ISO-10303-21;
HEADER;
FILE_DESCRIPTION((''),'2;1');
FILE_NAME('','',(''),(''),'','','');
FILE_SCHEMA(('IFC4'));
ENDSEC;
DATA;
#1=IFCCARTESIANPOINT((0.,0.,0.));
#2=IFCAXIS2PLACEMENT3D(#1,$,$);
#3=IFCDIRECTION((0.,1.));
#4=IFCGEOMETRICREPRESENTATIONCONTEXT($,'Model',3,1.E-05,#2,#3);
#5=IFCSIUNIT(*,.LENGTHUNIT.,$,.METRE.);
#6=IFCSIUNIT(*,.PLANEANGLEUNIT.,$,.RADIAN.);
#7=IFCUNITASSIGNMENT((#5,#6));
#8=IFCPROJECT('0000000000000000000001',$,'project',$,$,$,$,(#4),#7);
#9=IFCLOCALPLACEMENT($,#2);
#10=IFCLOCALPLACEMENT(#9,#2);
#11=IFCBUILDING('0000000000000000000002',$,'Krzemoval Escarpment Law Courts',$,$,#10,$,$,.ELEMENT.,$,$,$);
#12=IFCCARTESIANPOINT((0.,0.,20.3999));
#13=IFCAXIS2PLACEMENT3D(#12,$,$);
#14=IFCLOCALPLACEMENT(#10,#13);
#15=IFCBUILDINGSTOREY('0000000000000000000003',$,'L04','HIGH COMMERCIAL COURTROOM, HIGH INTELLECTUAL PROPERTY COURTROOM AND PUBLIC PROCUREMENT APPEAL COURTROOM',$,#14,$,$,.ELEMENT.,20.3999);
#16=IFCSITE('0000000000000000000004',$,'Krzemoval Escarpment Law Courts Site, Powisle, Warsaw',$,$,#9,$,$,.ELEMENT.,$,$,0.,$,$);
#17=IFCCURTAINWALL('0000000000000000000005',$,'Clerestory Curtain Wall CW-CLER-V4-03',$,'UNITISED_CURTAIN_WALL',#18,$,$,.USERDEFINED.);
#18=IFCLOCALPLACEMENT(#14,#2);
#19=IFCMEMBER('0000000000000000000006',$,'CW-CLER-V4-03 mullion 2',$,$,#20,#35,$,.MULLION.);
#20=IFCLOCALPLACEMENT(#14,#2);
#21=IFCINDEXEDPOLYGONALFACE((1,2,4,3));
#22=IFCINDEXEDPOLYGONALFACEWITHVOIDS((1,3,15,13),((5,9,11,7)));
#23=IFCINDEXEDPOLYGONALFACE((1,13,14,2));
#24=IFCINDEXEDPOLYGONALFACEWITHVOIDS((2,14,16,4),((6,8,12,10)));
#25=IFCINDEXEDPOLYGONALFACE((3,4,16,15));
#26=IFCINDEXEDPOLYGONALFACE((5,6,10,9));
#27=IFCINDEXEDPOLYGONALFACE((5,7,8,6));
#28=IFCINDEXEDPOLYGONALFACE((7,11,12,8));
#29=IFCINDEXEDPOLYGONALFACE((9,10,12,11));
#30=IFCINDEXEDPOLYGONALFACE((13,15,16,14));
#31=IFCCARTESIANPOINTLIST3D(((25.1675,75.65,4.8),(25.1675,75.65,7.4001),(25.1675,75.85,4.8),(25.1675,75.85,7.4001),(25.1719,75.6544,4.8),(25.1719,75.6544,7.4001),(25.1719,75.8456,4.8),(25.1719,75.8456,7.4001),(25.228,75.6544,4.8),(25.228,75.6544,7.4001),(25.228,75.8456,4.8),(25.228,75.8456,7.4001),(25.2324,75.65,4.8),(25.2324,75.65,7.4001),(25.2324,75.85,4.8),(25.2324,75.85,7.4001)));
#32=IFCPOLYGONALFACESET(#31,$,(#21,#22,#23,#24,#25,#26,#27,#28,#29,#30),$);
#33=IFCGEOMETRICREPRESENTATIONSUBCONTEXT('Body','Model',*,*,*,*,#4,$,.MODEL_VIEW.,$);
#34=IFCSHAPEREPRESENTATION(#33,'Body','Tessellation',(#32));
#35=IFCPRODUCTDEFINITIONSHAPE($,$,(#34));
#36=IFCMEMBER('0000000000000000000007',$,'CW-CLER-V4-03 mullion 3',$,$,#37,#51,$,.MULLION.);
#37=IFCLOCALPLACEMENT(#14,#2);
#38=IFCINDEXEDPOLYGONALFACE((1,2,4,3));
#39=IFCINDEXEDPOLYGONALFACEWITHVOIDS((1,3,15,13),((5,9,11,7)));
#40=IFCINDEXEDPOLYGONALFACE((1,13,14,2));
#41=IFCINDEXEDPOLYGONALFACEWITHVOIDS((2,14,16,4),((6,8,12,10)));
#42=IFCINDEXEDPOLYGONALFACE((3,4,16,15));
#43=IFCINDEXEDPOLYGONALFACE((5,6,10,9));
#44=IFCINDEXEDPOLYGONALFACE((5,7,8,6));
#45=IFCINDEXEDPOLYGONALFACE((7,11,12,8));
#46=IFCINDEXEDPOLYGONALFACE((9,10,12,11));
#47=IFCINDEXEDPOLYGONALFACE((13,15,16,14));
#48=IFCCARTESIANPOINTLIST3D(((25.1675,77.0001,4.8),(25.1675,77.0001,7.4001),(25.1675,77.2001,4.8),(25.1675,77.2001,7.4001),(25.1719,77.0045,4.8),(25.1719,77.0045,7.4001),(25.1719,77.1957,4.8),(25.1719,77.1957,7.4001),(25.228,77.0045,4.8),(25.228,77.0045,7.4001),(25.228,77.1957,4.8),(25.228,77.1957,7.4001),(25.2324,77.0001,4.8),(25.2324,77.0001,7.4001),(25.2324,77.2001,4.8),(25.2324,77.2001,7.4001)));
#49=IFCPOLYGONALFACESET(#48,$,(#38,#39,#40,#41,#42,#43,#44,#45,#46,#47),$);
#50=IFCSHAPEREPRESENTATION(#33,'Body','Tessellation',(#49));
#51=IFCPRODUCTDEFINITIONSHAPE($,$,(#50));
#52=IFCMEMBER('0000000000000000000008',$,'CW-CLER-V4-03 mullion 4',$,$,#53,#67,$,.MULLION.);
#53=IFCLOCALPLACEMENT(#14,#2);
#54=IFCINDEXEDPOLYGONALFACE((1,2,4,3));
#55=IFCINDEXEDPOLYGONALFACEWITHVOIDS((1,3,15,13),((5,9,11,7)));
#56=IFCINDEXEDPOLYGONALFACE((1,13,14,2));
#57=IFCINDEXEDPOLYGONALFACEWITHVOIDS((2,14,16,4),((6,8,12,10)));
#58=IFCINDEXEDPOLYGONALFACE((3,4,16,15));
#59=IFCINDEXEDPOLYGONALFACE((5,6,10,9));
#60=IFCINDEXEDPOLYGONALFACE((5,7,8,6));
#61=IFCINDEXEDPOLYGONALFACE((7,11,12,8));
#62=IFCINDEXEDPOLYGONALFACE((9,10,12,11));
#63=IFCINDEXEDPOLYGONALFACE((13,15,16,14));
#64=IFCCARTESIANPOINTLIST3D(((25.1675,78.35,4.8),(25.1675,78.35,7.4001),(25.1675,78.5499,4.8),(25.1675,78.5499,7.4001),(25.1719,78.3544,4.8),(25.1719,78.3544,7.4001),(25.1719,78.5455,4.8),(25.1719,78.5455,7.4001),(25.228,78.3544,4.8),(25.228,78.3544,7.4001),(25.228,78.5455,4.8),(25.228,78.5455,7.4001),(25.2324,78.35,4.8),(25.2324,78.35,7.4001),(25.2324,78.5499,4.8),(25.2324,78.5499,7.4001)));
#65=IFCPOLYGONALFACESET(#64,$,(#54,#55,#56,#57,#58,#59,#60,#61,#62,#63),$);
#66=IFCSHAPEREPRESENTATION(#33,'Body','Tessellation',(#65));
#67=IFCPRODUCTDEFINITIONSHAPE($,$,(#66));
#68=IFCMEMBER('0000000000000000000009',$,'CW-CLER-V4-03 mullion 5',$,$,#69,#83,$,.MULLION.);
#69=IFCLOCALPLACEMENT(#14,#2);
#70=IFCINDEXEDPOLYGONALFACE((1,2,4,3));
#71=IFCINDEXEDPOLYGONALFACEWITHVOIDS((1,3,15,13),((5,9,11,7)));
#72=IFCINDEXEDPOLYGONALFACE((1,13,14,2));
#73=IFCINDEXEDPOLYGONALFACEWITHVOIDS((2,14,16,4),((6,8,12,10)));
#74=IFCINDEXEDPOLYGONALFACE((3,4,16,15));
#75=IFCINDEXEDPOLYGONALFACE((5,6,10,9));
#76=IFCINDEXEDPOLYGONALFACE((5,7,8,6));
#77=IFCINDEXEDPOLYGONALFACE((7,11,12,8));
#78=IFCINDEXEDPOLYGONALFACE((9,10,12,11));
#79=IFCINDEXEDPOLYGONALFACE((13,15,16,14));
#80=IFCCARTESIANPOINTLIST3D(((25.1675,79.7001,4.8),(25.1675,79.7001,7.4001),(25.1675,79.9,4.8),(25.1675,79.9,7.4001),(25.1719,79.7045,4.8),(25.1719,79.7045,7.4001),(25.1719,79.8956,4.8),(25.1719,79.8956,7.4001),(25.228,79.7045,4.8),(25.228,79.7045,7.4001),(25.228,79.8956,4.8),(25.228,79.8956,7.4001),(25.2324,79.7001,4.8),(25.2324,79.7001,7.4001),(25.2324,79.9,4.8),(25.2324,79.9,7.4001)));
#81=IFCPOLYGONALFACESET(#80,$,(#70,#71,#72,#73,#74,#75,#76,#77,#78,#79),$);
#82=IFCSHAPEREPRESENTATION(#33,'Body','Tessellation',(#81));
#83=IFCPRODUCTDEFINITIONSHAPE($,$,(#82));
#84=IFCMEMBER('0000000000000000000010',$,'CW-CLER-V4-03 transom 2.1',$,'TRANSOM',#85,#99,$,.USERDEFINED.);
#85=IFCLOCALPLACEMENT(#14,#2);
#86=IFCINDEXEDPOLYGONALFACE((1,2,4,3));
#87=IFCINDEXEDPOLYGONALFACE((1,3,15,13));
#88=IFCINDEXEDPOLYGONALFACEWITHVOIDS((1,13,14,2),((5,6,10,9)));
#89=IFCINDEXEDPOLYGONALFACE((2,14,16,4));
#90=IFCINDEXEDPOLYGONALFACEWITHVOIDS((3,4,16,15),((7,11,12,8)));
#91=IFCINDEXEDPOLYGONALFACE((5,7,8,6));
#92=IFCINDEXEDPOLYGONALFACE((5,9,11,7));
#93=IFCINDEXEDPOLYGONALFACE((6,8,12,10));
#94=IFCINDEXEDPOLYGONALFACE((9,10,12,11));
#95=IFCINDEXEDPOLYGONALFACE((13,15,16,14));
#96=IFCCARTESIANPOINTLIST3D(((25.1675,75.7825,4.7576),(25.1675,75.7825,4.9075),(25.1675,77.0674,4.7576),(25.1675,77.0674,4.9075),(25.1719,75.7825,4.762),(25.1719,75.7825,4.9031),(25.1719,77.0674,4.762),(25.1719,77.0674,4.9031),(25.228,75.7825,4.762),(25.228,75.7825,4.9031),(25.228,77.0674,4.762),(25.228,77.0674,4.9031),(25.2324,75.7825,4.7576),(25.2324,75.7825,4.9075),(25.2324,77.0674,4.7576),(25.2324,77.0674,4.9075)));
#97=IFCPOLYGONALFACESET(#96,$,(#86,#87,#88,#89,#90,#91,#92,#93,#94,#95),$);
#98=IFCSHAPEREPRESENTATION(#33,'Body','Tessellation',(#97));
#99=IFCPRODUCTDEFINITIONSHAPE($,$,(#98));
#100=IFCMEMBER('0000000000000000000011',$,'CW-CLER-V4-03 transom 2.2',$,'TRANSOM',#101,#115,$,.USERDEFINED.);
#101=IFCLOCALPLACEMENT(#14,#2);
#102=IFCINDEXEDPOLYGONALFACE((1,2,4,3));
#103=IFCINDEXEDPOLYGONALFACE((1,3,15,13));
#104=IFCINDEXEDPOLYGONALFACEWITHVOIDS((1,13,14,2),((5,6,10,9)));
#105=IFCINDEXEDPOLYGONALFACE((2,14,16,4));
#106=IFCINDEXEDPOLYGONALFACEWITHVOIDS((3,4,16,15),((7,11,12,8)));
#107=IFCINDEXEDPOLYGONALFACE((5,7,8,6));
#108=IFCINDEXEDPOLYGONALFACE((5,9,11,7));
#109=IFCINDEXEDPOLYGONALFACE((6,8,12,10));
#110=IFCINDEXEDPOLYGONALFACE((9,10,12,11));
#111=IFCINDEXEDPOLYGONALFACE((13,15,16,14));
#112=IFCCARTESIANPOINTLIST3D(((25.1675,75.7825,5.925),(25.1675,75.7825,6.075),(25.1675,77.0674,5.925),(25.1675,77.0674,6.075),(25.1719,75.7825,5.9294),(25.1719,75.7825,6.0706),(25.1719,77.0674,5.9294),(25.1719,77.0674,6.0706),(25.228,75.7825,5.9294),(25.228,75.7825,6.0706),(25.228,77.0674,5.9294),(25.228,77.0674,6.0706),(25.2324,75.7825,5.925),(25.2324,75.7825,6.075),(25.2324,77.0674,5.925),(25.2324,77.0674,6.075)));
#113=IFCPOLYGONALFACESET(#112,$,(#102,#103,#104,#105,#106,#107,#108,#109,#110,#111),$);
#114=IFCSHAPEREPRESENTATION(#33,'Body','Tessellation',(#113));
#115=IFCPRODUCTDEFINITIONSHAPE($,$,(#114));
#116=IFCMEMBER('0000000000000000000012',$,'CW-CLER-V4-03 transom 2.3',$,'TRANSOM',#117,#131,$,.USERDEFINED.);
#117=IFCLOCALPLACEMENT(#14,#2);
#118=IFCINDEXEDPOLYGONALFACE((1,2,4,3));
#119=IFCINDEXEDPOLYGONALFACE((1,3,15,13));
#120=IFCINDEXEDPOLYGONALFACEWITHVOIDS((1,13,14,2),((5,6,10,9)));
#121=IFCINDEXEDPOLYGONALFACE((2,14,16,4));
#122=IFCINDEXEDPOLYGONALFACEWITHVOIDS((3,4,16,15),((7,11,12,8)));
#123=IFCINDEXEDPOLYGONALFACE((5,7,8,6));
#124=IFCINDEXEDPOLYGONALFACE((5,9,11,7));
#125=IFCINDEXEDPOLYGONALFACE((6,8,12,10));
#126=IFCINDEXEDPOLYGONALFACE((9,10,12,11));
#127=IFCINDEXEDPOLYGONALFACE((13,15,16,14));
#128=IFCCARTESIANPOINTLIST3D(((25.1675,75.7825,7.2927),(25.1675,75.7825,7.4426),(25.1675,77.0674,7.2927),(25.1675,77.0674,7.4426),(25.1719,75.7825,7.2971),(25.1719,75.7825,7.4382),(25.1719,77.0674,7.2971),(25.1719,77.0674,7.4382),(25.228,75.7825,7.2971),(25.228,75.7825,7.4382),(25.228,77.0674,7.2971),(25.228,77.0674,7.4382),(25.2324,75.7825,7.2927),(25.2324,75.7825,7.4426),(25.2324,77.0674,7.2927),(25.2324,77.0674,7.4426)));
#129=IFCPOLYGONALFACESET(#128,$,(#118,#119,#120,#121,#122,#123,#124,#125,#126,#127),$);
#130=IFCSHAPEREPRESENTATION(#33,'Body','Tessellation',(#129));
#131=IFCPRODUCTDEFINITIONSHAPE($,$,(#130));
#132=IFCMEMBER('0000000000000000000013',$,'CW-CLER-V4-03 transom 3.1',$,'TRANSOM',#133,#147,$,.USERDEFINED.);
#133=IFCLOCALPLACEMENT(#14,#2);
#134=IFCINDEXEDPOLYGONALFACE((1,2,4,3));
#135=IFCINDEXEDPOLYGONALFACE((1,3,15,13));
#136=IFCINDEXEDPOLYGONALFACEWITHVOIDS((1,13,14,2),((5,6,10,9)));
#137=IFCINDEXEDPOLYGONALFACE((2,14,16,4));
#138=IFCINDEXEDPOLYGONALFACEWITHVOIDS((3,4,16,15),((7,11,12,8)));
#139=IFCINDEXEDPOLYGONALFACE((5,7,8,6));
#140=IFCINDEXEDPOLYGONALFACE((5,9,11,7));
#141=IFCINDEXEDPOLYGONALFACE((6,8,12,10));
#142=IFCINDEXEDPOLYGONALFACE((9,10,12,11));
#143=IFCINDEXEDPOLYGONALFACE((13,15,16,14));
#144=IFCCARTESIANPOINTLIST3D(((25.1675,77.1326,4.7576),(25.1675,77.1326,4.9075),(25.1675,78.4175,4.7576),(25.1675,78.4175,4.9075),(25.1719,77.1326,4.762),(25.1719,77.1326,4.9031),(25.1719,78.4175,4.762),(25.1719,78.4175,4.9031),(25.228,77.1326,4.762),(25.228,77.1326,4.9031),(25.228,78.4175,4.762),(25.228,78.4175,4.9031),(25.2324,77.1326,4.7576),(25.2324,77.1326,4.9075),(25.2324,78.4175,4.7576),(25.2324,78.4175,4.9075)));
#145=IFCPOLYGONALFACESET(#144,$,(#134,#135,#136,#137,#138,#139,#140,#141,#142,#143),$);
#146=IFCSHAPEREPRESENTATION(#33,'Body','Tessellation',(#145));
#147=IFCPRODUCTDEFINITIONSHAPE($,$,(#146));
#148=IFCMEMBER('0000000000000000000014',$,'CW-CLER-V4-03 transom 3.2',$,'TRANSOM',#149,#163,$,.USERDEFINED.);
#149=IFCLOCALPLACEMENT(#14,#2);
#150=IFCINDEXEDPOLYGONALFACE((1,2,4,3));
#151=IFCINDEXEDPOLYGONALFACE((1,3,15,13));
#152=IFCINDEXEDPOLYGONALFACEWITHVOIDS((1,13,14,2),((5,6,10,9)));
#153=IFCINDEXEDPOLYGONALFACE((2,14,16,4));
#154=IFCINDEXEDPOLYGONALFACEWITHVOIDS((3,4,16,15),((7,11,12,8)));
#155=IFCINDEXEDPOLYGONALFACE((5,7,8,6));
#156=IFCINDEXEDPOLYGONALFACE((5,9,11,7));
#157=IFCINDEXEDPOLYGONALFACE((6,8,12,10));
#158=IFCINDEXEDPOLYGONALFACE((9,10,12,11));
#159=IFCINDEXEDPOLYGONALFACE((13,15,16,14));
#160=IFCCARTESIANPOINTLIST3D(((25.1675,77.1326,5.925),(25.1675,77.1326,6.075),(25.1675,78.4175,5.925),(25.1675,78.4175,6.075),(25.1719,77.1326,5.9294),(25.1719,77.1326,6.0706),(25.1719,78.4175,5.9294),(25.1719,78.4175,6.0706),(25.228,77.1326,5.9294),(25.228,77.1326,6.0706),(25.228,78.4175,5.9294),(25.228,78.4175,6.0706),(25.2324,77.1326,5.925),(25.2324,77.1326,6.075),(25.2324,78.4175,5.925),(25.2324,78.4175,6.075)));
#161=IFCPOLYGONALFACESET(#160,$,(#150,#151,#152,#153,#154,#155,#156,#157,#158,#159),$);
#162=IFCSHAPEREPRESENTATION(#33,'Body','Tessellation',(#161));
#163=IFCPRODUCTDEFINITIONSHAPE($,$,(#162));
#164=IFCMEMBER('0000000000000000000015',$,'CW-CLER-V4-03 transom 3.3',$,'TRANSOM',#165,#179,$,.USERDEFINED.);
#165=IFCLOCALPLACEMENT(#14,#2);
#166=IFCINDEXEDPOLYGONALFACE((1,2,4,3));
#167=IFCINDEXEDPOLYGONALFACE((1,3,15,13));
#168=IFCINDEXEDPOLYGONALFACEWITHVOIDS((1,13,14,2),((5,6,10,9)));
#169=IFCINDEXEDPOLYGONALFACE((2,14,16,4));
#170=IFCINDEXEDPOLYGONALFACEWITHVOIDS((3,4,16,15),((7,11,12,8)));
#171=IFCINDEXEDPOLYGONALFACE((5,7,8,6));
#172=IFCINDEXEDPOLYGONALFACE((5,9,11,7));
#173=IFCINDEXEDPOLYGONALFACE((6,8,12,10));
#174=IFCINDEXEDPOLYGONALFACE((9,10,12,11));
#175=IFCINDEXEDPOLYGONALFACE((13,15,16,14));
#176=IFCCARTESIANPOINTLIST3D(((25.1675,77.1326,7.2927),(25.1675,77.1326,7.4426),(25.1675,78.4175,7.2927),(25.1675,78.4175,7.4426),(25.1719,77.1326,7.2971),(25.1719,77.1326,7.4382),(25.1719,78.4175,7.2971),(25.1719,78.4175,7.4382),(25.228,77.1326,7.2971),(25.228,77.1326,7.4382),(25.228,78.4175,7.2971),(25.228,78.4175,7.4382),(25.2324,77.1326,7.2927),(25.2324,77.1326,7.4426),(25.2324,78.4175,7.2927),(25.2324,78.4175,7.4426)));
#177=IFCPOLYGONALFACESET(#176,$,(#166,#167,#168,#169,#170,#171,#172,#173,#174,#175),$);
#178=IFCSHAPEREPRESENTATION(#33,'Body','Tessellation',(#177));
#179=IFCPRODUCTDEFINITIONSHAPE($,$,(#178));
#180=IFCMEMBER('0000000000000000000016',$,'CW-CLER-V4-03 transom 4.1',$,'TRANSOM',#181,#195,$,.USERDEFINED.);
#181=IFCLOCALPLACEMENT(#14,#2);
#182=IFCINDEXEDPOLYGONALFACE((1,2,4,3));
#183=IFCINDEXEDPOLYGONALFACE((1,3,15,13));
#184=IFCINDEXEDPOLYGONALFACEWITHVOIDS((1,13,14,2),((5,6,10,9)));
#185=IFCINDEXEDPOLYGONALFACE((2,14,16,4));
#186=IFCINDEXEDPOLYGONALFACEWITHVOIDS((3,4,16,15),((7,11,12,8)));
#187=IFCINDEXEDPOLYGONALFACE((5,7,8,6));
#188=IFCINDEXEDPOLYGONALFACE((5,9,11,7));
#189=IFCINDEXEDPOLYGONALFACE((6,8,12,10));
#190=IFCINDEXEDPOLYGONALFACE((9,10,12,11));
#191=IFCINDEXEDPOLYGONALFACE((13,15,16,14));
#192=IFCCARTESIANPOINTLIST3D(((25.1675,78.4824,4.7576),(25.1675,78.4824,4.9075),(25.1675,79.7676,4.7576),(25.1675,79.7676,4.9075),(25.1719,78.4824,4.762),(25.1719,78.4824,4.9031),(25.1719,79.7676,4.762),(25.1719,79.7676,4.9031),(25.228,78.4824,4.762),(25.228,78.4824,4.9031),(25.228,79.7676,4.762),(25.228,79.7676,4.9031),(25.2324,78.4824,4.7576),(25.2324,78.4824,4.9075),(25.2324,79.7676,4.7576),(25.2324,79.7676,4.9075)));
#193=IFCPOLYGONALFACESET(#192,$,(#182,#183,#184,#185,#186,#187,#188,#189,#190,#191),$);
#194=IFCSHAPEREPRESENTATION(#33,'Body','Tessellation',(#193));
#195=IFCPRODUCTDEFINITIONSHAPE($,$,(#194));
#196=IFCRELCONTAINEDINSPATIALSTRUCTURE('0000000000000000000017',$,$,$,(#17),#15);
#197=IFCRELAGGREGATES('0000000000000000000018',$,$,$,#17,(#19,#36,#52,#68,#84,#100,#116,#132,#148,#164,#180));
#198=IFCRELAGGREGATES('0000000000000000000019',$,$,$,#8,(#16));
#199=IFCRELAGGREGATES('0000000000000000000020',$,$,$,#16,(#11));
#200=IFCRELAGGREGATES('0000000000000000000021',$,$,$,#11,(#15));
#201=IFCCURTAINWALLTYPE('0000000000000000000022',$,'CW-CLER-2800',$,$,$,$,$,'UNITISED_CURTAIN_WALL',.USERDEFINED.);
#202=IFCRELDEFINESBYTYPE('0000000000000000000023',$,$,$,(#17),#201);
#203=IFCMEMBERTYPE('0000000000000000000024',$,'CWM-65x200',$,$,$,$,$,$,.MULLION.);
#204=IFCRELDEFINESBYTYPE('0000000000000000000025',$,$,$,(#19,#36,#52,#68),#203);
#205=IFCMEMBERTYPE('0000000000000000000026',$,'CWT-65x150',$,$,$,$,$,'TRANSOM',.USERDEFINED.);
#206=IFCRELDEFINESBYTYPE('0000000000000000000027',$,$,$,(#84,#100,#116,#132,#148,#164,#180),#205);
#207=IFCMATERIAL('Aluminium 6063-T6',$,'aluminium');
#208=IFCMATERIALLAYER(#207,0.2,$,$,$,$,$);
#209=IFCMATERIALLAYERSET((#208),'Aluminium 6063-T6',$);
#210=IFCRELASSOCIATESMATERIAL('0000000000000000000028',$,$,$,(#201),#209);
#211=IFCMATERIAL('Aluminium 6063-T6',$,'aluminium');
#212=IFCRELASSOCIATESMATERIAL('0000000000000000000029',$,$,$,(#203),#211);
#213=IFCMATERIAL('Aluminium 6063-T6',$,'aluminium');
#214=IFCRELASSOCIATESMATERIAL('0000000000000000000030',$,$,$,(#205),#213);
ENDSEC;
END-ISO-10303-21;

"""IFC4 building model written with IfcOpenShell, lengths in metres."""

from ifc_helpers import new_model, si_unit, direction, frame, origin, origin_2d, place, context, subcontext, project, spatial, hollow_rectangle, extrude, material, layer, layer_set, material_profile, profile_set, type_object, element, aggregate, save


model = new_model("IFC4")

# Units and contexts
model_context = context("Model", 3, precision=1e-05, world=origin(), true_north=direction((0.0, 1.0)))
body_context = subcontext(model_context, "Body", "Model", "MODEL_VIEW")
ifc_project = project(units=[si_unit("LENGTHUNIT", "METRE"), si_unit("PLANEANGLEUNIT", "RADIAN")], contexts=[model_context])

# Site, building, storey
site_placement = place(None, origin())
site = spatial("IfcSite", under=ifc_project, at=site_placement, Name="Krzemoval Escarpment Law Courts Site, Powisle, Warsaw", CompositionType="ELEMENT", RefElevation=0.0)
building_placement = place(site_placement, origin())
building = spatial("IfcBuilding", under=site, at=building_placement, Name="Krzemoval Escarpment Law Courts", CompositionType="ELEMENT")
storey_placement = place(building_placement, frame((0.0, 0.0, 20.3999)))
storey = spatial("IfcBuildingStorey", under=building, at=storey_placement, Name="L04", Description="HIGH COMMERCIAL COURTROOM, HIGH INTELLECTUAL PROPERTY COURTROOM AND PUBLIC PROCUREMENT APPEAL COURTROOM", CompositionType="ELEMENT", Elevation=20.3999)

# Curtain wall, members
ifc_material_1 = material(Name="Aluminium 6063-T6", Category="aluminium")
ifc_layer_1 = layer(ifc_material_1, 0.2)
ifc_layer_set_1 = layer_set([ifc_layer_1], Name="Aluminium 6063-T6")
curtain_wall_type = type_object("IfcCurtainWallType", Name="CW-CLER-2800", ElementType="UNITISED_CURTAIN_WALL", PredefinedType="USERDEFINED", material=ifc_layer_set_1)
curtain_wall_placement = place(storey_placement, origin())
curtain_wall = element("IfcCurtainWall", 1, at=curtain_wall_placement, inside=storey, type_object=curtain_wall_type, Name="Clerestory Curtain Wall CW-CLER-V4-03", ObjectType="UNITISED_CURTAIN_WALL", PredefinedType="USERDEFINED")
ifc_material_2 = material(Name="Aluminium 6063-T6", Category="aluminium")
ifc_material_profile_1 = material_profile(ifc_material_2, hollow_rectangle(XDim=0.0649, YDim=0.2, WallThickness=0.0044, at=origin_2d()), Name="ALU M65x200")
ifc_profile_set_1 = profile_set([ifc_material_profile_1], Name="Aluminium 6063-T6")
member_type_1 = type_object("IfcMemberType", Name="CWM-65x200", PredefinedType="MULLION", material=ifc_profile_set_1)
member_1_placement = place(storey_placement, frame((25.2, 75.75, 4.8), z_axis=(0.0, 0.0, 1.0), x_axis=(-1.0, 0.0, 0.0)))
member_1 = element("IfcMember", 2, at=member_1_placement, type_object=member_type_1, Name="CW-CLER-V4-03 mullion 2", PredefinedType="MULLION", context=body_context, shape_type="SweptSolid", body=[
    extrude(hollow_rectangle(XDim=0.0649, YDim=0.2, WallThickness=0.0044, at=origin_2d()), origin(), (0.0, 0.0, 1.0), 2.6001),
])
member_2_placement = place(storey_placement, frame((25.2, 77.1001, 4.8), z_axis=(0.0, 0.0, 1.0), x_axis=(-1.0, 0.0, 0.0)))
member_2 = element("IfcMember", 3, at=member_2_placement, type_object=member_type_1, Name="CW-CLER-V4-03 mullion 3", PredefinedType="MULLION", context=body_context, shape_type="SweptSolid", body=[
    extrude(hollow_rectangle(XDim=0.0649, YDim=0.2, WallThickness=0.0044, at=origin_2d()), origin(), (0.0, 0.0, 1.0), 2.6001),
])
member_3_placement = place(storey_placement, frame((25.2, 78.45, 4.8), z_axis=(0.0, 0.0, 1.0), x_axis=(-1.0, 0.0, 0.0)))
member_3 = element("IfcMember", 4, at=member_3_placement, type_object=member_type_1, Name="CW-CLER-V4-03 mullion 4", PredefinedType="MULLION", context=body_context, shape_type="SweptSolid", body=[
    extrude(hollow_rectangle(XDim=0.0649, YDim=0.2, WallThickness=0.0044, at=origin_2d()), origin(), (0.0, 0.0, 1.0), 2.6001),
])
member_4_placement = place(storey_placement, frame((25.2, 79.8, 4.8), z_axis=(0.0, 0.0, 1.0), x_axis=(-1.0, 0.0, 0.0)))
member_4 = element("IfcMember", 5, at=member_4_placement, type_object=member_type_1, Name="CW-CLER-V4-03 mullion 5", PredefinedType="MULLION", context=body_context, shape_type="SweptSolid", body=[
    extrude(hollow_rectangle(XDim=0.0649, YDim=0.2, WallThickness=0.0044, at=origin_2d()), origin(), (0.0, 0.0, 1.0), 2.6001),
])
ifc_material_3 = material(Name="Aluminium 6063-T6", Category="aluminium")
ifc_material_profile_2 = material_profile(ifc_material_3, hollow_rectangle(XDim=0.0649, YDim=0.1499, WallThickness=0.0044, at=origin_2d()), Name="ALU T65x150")
ifc_profile_set_2 = profile_set([ifc_material_profile_2], Name="Aluminium 6063-T6")
member_type_2 = type_object("IfcMemberType", Name="CWT-65x150", ElementType="TRANSOM", PredefinedType="USERDEFINED", material=ifc_profile_set_2)
member_5_placement = place(storey_placement, frame((25.2, 75.7825, 4.8325), z_axis=(0.0, 1.0, 0.0), x_axis=(-1.0, 0.0, 0.0)))
member_5 = element("IfcMember", 6, at=member_5_placement, type_object=member_type_2, Name="CW-CLER-V4-03 transom 2.1", ObjectType="TRANSOM", PredefinedType="USERDEFINED", context=body_context, shape_type="SweptSolid", body=[
    extrude(hollow_rectangle(XDim=0.0649, YDim=0.1499, WallThickness=0.0044, at=origin_2d()), origin(), (0.0, 0.0, 1.0), 1.2849),
])
member_6_placement = place(storey_placement, frame((25.2, 75.7825, 6.0), z_axis=(0.0, 1.0, 0.0), x_axis=(-1.0, 0.0, 0.0)))
member_6 = element("IfcMember", 7, at=member_6_placement, type_object=member_type_2, Name="CW-CLER-V4-03 transom 2.2", ObjectType="TRANSOM", PredefinedType="USERDEFINED", context=body_context, shape_type="SweptSolid", body=[
    extrude(hollow_rectangle(XDim=0.0649, YDim=0.1499, WallThickness=0.0044, at=origin_2d()), origin(), (0.0, 0.0, 1.0), 1.2849),
])
member_7_placement = place(storey_placement, frame((25.2, 75.7825, 7.3677), z_axis=(0.0, 1.0, 0.0), x_axis=(-1.0, 0.0, 0.0)))
member_7 = element("IfcMember", 8, at=member_7_placement, type_object=member_type_2, Name="CW-CLER-V4-03 transom 2.3", ObjectType="TRANSOM", PredefinedType="USERDEFINED", context=body_context, shape_type="SweptSolid", body=[
    extrude(hollow_rectangle(XDim=0.0649, YDim=0.1499, WallThickness=0.0044, at=origin_2d()), origin(), (0.0, 0.0, 1.0), 1.2849),
])
member_8_placement = place(storey_placement, frame((25.2, 77.1326, 4.8325), z_axis=(0.0, 1.0, 0.0), x_axis=(-1.0, 0.0, 0.0)))
member_8 = element("IfcMember", 9, at=member_8_placement, type_object=member_type_2, Name="CW-CLER-V4-03 transom 3.1", ObjectType="TRANSOM", PredefinedType="USERDEFINED", context=body_context, shape_type="SweptSolid", body=[
    extrude(hollow_rectangle(XDim=0.0649, YDim=0.1499, WallThickness=0.0044, at=origin_2d()), origin(), (0.0, 0.0, 1.0), 1.2849),
])
member_9_placement = place(storey_placement, frame((25.2, 77.1326, 6.0), z_axis=(0.0, 1.0, 0.0), x_axis=(-1.0, 0.0, 0.0)))
member_9 = element("IfcMember", 10, at=member_9_placement, type_object=member_type_2, Name="CW-CLER-V4-03 transom 3.2", ObjectType="TRANSOM", PredefinedType="USERDEFINED", context=body_context, shape_type="SweptSolid", body=[
    extrude(hollow_rectangle(XDim=0.0649, YDim=0.1499, WallThickness=0.0044, at=origin_2d()), origin(), (0.0, 0.0, 1.0), 1.2849),
])
member_10_placement = place(storey_placement, frame((25.2, 77.1326, 7.3677), z_axis=(0.0, 1.0, 0.0), x_axis=(-1.0, 0.0, 0.0)))
member_10 = element("IfcMember", 11, at=member_10_placement, type_object=member_type_2, Name="CW-CLER-V4-03 transom 3.3", ObjectType="TRANSOM", PredefinedType="USERDEFINED", context=body_context, shape_type="SweptSolid", body=[
    extrude(hollow_rectangle(XDim=0.0649, YDim=0.1499, WallThickness=0.0044, at=origin_2d()), origin(), (0.0, 0.0, 1.0), 1.2849),
])
member_11_placement = place(storey_placement, frame((25.2, 78.4824, 4.8325), z_axis=(0.0, 1.0, 0.0), x_axis=(-1.0, 0.0, 0.0)))
member_11 = element("IfcMember", 12, at=member_11_placement, type_object=member_type_2, Name="CW-CLER-V4-03 transom 4.1", ObjectType="TRANSOM", PredefinedType="USERDEFINED", context=body_context, shape_type="SweptSolid", body=[
    extrude(hollow_rectangle(XDim=0.0649, YDim=0.1499, WallThickness=0.0044, at=origin_2d()), origin(), (0.0, 0.0, 1.0), 1.2852),
])
aggregate(curtain_wall, [member_1, member_2, member_3, member_4, member_5, member_6, member_7, member_8, member_9, member_10, member_11])

save(model, "model.ifc")
